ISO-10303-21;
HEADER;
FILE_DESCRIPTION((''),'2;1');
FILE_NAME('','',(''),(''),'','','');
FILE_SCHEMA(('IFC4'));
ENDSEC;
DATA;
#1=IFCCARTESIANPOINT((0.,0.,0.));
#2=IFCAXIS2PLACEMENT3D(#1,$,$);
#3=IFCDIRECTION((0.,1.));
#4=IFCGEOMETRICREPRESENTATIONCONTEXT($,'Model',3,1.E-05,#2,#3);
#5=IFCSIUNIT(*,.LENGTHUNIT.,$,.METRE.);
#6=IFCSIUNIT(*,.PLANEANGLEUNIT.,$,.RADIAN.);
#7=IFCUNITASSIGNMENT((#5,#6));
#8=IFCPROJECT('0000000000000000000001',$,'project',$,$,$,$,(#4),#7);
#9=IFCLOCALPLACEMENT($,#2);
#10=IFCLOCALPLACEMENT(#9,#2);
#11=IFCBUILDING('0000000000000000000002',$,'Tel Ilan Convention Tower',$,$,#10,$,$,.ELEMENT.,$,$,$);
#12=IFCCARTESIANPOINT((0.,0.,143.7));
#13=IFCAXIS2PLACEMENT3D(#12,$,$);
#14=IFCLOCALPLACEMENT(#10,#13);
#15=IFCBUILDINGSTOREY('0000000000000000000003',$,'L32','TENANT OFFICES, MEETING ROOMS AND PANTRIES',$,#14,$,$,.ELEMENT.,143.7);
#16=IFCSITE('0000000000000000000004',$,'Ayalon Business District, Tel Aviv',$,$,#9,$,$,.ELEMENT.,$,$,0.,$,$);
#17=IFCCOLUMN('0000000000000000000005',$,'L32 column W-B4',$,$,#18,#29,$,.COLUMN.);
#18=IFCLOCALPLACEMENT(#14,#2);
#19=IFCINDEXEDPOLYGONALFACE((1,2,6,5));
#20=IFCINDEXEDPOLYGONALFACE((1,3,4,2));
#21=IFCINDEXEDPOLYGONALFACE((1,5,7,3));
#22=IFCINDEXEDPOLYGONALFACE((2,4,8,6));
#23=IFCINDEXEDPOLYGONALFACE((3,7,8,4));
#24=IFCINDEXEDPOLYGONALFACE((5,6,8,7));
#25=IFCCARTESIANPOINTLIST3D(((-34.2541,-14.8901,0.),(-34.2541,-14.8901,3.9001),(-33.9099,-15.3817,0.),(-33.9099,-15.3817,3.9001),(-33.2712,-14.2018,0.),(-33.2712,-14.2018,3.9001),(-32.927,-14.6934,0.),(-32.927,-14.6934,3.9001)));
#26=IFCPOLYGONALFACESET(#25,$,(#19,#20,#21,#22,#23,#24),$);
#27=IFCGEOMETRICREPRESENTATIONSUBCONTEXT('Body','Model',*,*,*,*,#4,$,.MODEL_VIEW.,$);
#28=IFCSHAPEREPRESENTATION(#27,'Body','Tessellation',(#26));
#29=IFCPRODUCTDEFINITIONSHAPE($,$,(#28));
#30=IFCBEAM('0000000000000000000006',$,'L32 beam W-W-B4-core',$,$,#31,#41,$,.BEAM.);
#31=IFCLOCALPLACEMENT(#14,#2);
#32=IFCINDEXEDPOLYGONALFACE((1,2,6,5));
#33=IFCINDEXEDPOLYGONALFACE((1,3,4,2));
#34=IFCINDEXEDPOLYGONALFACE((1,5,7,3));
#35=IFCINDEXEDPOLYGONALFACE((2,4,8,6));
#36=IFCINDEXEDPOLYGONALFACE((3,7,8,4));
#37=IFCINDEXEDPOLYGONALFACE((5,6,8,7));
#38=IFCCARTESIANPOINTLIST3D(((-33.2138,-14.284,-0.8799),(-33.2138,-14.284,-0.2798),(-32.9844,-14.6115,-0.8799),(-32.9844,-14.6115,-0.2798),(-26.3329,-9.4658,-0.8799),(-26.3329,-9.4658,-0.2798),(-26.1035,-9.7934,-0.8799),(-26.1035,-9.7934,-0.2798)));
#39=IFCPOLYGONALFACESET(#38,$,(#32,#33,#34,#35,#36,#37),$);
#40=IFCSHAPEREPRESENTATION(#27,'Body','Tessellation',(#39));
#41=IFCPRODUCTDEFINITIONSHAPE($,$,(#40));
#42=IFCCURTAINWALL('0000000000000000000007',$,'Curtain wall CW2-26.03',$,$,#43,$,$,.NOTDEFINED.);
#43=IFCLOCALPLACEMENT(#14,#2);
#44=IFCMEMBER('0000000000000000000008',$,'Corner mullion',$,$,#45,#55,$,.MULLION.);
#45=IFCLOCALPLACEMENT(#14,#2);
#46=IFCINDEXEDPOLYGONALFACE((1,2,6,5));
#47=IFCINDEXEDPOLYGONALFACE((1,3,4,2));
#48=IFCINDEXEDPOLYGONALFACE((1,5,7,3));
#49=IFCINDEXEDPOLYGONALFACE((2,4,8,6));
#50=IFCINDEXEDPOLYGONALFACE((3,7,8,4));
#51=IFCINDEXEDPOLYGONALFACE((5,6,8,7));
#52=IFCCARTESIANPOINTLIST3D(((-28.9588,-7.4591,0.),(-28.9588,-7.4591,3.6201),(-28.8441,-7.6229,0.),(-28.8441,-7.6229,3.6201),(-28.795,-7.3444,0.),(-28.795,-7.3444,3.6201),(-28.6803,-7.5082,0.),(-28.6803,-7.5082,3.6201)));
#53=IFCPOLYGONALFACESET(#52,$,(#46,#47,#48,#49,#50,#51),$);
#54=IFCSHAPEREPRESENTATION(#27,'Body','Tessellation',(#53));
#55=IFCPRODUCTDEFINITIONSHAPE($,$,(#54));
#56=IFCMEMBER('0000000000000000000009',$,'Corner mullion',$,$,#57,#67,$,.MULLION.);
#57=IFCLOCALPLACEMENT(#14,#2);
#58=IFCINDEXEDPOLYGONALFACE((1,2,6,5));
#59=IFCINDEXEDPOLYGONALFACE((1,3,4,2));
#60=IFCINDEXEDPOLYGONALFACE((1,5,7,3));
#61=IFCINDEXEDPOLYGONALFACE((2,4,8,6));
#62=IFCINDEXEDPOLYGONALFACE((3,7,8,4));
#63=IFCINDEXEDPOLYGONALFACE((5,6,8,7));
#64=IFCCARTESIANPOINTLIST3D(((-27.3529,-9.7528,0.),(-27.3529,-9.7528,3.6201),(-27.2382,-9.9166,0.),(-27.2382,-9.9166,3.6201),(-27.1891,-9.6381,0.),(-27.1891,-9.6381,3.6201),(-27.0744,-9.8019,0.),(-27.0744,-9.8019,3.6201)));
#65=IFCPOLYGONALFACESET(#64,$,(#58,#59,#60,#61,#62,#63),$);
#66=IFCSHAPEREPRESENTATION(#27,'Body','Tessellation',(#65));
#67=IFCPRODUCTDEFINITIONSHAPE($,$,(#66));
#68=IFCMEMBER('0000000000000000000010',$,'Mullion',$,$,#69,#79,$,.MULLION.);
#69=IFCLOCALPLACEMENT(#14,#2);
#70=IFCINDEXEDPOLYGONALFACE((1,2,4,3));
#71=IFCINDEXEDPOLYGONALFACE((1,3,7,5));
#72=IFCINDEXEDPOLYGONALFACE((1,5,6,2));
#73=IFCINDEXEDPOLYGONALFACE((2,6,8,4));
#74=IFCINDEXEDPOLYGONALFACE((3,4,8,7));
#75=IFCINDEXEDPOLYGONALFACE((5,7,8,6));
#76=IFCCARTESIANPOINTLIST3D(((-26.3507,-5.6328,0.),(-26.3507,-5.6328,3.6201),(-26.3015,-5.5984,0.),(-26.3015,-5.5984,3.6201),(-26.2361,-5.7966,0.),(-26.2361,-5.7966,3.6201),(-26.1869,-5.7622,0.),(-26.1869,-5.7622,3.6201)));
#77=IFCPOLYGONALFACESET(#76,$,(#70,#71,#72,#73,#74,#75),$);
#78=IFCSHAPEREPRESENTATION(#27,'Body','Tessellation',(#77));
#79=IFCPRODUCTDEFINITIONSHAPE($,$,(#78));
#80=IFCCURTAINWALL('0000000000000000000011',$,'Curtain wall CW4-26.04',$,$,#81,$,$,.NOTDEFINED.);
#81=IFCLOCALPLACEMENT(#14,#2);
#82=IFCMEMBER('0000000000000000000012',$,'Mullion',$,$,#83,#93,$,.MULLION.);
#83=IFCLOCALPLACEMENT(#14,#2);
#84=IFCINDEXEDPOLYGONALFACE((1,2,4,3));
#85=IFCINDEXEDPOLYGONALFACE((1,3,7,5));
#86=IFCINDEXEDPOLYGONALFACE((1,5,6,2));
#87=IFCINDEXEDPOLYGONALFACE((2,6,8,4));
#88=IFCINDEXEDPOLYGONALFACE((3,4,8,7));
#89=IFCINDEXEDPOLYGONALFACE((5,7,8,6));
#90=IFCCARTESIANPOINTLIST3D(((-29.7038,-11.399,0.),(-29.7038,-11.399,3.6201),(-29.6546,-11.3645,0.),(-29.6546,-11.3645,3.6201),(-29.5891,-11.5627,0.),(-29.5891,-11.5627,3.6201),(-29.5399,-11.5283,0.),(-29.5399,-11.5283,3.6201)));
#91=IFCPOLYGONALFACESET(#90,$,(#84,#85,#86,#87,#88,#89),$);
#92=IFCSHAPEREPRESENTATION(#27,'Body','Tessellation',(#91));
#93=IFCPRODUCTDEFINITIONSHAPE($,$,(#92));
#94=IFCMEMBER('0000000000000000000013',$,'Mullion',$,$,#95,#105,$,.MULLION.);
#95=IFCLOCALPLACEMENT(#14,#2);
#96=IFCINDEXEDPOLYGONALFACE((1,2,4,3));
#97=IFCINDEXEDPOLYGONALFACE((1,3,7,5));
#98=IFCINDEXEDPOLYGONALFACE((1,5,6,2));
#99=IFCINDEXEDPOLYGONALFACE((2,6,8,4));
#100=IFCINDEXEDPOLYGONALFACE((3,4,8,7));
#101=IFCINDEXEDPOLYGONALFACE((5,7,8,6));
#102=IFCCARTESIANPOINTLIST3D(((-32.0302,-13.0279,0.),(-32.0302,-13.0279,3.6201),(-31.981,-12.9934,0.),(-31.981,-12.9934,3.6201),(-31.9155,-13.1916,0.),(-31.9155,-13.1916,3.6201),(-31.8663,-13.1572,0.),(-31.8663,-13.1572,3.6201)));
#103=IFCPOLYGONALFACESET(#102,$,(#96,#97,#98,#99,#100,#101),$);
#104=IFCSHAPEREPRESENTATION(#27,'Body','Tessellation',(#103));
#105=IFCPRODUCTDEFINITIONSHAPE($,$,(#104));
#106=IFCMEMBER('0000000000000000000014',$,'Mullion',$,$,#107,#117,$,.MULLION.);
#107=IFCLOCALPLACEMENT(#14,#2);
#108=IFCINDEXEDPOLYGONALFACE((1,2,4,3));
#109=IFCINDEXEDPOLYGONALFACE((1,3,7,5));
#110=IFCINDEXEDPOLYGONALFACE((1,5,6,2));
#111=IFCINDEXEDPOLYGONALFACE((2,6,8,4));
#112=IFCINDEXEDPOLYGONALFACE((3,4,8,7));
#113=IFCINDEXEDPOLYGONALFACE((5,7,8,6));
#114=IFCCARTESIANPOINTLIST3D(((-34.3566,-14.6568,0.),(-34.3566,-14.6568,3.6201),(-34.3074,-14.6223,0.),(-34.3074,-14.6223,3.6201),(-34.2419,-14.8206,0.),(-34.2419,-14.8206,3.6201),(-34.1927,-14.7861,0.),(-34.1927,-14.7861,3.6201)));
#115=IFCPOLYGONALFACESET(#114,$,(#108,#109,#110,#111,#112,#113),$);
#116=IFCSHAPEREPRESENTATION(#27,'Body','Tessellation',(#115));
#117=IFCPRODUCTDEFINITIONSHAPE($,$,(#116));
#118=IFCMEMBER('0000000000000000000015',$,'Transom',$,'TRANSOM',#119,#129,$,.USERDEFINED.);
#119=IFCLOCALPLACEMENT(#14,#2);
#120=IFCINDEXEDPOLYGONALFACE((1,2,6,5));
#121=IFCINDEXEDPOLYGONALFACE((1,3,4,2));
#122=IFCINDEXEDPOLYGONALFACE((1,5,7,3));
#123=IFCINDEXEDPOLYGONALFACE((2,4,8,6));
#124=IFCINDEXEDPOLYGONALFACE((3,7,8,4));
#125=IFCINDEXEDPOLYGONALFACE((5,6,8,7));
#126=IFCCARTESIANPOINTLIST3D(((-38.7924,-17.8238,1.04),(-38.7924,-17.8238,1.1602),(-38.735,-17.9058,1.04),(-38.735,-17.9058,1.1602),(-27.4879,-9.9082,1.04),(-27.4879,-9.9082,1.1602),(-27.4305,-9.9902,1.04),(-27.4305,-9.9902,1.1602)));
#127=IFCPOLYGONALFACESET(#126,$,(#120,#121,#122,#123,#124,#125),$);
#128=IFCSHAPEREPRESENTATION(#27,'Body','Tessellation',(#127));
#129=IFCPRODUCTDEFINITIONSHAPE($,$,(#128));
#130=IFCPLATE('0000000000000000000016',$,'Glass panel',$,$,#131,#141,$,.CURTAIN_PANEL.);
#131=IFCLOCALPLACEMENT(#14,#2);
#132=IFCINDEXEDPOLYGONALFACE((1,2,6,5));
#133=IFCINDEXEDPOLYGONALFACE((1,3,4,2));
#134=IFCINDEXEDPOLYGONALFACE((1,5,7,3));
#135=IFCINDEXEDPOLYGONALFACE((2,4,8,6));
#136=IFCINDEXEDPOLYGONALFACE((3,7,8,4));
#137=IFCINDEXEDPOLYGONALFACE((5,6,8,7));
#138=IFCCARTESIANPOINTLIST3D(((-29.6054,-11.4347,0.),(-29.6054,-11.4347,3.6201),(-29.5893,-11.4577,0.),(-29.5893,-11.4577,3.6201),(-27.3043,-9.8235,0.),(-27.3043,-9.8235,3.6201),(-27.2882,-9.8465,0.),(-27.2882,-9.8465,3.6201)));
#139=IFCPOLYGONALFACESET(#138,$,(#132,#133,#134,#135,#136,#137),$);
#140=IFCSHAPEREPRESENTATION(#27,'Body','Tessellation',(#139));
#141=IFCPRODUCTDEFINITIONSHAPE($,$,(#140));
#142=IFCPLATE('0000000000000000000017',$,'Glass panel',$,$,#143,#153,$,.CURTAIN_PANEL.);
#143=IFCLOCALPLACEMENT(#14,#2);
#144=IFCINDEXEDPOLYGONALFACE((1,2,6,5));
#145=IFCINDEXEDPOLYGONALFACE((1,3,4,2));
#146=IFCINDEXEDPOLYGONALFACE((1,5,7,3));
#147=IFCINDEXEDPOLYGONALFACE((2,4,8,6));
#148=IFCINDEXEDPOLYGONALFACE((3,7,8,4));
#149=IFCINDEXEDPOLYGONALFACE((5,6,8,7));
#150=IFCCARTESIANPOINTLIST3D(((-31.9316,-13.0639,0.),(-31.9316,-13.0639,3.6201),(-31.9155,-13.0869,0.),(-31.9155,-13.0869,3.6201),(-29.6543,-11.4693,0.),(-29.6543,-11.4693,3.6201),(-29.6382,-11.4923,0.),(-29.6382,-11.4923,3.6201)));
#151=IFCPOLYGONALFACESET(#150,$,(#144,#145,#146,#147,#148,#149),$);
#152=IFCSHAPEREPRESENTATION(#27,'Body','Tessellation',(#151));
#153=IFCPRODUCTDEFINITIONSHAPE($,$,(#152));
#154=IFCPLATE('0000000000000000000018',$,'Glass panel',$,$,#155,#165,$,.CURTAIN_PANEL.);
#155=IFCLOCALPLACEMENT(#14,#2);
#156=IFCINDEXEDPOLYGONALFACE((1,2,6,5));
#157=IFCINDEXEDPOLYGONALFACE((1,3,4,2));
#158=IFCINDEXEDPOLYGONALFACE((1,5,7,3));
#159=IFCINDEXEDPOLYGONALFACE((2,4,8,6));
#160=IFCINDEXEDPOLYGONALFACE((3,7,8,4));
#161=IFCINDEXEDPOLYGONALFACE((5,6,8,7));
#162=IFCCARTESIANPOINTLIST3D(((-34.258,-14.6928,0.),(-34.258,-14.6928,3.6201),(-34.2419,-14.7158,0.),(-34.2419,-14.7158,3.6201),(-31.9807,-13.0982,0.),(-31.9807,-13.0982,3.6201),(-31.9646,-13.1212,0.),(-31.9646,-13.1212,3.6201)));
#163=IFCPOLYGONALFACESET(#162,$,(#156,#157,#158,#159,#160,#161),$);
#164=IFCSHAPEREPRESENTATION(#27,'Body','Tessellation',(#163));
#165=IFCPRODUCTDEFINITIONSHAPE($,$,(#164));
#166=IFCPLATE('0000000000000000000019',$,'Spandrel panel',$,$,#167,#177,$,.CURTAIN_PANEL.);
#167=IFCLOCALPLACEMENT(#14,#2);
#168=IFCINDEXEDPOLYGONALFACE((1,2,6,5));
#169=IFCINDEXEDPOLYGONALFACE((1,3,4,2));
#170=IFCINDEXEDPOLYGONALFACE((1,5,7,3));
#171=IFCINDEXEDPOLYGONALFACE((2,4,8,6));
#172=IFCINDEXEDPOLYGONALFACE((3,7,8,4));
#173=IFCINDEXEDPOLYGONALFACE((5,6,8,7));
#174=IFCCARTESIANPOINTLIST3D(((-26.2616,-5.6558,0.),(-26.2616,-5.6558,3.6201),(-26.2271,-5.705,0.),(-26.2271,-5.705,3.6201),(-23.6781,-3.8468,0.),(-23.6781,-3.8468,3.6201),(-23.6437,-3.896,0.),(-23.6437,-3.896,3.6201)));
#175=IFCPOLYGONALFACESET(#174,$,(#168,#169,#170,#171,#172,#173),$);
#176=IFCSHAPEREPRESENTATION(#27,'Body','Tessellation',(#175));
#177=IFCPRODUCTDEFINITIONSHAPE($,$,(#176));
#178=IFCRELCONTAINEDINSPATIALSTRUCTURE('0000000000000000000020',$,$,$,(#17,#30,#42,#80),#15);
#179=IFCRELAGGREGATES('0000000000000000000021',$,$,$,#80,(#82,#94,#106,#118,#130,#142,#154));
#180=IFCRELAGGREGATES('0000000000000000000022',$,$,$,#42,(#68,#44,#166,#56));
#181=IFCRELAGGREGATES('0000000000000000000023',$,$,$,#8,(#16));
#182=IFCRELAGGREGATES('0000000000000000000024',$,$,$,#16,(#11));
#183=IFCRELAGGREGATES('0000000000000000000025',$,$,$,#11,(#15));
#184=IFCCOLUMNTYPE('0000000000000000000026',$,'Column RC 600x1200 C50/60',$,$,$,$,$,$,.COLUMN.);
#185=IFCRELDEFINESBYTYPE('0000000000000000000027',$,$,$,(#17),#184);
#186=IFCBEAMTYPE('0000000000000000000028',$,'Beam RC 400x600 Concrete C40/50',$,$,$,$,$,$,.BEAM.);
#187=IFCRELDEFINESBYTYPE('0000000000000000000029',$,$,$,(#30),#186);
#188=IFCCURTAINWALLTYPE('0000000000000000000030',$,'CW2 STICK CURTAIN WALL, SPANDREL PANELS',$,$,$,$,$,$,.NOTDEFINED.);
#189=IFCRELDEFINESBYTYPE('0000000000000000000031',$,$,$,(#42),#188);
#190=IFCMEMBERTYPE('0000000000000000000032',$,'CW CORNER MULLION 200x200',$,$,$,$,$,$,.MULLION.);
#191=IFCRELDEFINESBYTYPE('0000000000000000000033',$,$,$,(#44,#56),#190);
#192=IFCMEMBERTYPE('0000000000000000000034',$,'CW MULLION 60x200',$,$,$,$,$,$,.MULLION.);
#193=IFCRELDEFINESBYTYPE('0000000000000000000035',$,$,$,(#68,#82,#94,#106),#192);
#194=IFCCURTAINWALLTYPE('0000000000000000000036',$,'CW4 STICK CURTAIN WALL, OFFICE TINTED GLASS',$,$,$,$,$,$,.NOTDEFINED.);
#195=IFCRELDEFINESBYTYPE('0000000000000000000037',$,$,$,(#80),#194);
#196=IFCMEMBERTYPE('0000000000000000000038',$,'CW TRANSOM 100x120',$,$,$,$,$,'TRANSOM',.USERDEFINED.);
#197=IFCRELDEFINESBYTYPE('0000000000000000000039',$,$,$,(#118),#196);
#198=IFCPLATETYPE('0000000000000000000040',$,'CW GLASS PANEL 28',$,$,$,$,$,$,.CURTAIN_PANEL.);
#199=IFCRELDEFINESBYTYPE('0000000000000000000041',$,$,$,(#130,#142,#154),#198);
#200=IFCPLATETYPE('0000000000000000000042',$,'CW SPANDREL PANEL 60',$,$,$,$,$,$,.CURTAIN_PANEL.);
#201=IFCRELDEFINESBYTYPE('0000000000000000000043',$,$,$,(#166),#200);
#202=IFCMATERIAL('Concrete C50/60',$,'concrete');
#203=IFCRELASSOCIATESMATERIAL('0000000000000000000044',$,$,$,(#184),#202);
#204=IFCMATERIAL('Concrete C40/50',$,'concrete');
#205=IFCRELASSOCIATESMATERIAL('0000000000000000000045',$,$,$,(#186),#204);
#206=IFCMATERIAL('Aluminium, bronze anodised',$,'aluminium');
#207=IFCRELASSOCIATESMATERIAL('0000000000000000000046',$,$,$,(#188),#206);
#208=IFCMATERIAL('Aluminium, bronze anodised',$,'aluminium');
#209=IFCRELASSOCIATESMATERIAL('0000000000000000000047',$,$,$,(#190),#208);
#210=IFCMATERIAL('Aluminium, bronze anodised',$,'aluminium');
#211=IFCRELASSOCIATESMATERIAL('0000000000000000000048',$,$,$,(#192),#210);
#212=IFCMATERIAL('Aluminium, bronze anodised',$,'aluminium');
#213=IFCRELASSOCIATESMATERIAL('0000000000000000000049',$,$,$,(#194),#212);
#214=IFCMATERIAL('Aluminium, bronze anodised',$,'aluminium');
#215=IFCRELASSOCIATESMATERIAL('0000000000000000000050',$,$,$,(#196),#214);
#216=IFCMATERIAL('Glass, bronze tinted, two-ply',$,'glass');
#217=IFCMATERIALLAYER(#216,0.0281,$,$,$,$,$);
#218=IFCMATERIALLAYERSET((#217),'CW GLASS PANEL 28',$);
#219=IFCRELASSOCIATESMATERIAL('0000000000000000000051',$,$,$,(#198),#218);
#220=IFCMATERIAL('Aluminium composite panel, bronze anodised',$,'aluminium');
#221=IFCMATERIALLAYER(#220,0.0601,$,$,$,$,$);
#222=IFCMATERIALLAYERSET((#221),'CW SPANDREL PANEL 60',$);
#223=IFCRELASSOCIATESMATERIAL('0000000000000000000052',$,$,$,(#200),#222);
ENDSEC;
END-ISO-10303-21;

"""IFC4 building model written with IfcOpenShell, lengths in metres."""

from ifc_helpers import new_model, si_unit, direction, frame, origin, origin_2d, place, context, subcontext, project, spatial, rectangle, extrude, material, layer, layer_set, material_profile, profile_set, type_object, element, aggregate, save


model = new_model("IFC4")

# Units and contexts
model_context = context("Model", 3, precision=1e-05, world=origin(), true_north=direction((0.0, 1.0)))
body_context = subcontext(model_context, "Body", "Model", "MODEL_VIEW")
ifc_project = project(units=[si_unit("LENGTHUNIT", "METRE"), si_unit("PLANEANGLEUNIT", "RADIAN")], contexts=[model_context])

# Site, building, storey
site_placement = place(None, origin())
site = spatial("IfcSite", under=ifc_project, at=site_placement, Name="Ayalon Business District, Tel Aviv", CompositionType="ELEMENT", RefElevation=0.0)
building_placement = place(site_placement, origin())
building = spatial("IfcBuilding", under=site, at=building_placement, Name="Tel Ilan Convention Tower", CompositionType="ELEMENT")
storey_placement = place(building_placement, frame((0.0, 0.0, 143.7)))
storey = spatial("IfcBuildingStorey", under=building, at=storey_placement, Name="L32", Description="TENANT OFFICES, MEETING ROOMS AND PANTRIES", CompositionType="ELEMENT", Elevation=143.7)

# Column
ifc_material_1 = material(Name="Concrete C50/60", Category="concrete")
ifc_material_profile_1 = material_profile(ifc_material_1, rectangle(XDim=1.2, YDim=0.6001, at=origin_2d()), Name="RC 600x1200")
ifc_profile_set_1 = profile_set([ifc_material_profile_1], Name="Concrete C50/60")
column_type = type_object("IfcColumnType", Name="Column RC 600x1200 C50/60", PredefinedType="COLUMN", material=ifc_profile_set_1)
column_placement = place(storey_placement, frame((-33.5906, -14.7917, 0.0), z_axis=(0.0, 0.0, 1.0), x_axis=(-0.819152, -0.573576, 0.0)))
element("IfcColumn", 1, at=column_placement, inside=storey, type_object=column_type, Name="L32 column W-B4", PredefinedType="COLUMN", context=body_context, shape_type="SweptSolid", body=[
    extrude(rectangle(XDim=1.2, YDim=0.6001, at=origin_2d()), origin(), (0.0, 0.0, 1.0), 3.9001),
])

# Beam
ifc_material_2 = material(Name="Concrete C40/50", Category="concrete")
ifc_material_profile_2 = material_profile(ifc_material_2, rectangle(XDim=0.3999, YDim=0.6001, at=origin_2d()), Name="RC 400x600")
ifc_profile_set_2 = profile_set([ifc_material_profile_2], Name="Concrete C40/50")
beam_type = type_object("IfcBeamType", Name="Beam RC 400x600 Concrete C40/50", PredefinedType="BEAM", material=ifc_profile_set_2)
beam_placement = place(storey_placement, frame((-33.0991, -14.4478, -0.5798), z_axis=(0.819147, 0.573583, 0.0), x_axis=(-0.573583, 0.819147, 0.0)))
element("IfcBeam", 2, at=beam_placement, inside=storey, type_object=beam_type, Name="L32 beam W-W-B4-core", PredefinedType="BEAM", context=body_context, shape_type="SweptSolid", body=[
    extrude(rectangle(XDim=0.3999, YDim=0.6001, at=origin_2d()), origin(), (0.0, 0.0, 1.0), 8.4001),
])

# Curtain wall, members
ifc_material_3 = material(Name="Aluminium, bronze anodised", Category="aluminium")
curtain_wall_type_1 = type_object("IfcCurtainWallType", Name="CW2 STICK CURTAIN WALL, SPANDREL PANELS", PredefinedType="NOTDEFINED", material=ifc_material_3)
curtain_wall_1_placement = place(storey_placement, origin())
curtain_wall_1 = element("IfcCurtainWall", 3, at=curtain_wall_1_placement, inside=storey, type_object=curtain_wall_type_1, Name="Curtain wall CW2-26.03", PredefinedType="NOTDEFINED")
ifc_material_4 = material(Name="Aluminium, bronze anodised", Category="aluminium")
ifc_material_profile_3 = material_profile(ifc_material_4, rectangle(XDim=0.2, YDim=0.2, at=origin_2d()), Name="CW CORNER MULLION 200x200")
ifc_profile_set_3 = profile_set([ifc_material_profile_3], Name="Aluminium, bronze anodised")
member_type_1 = type_object("IfcMemberType", Name="CW CORNER MULLION 200x200", PredefinedType="MULLION", material=ifc_profile_set_3)
member_1_placement = place(storey_placement, frame((-28.8196, -7.4836, 0.0), z_axis=(0.0, 0.0, 1.0), x_axis=(-0.819152, -0.573576, 0.0)))
member_1 = element("IfcMember", 4, at=member_1_placement, type_object=member_type_1, Name="Corner mullion", PredefinedType="MULLION", context=body_context, shape_type="SweptSolid", body=[
    extrude(rectangle(XDim=0.2, YDim=0.2, at=origin_2d()), origin(), (0.0, 0.0, 1.0), 3.6201),
])
member_2_placement = place(storey_placement, frame((-27.2136, -9.7773, 0.0), z_axis=(0.0, 0.0, 1.0), x_axis=(0.573576, -0.819152, 0.0)))
member_2 = element("IfcMember", 5, at=member_2_placement, type_object=member_type_1, Name="Corner mullion", PredefinedType="MULLION", context=body_context, shape_type="SweptSolid", body=[
    extrude(rectangle(XDim=0.2, YDim=0.2, at=origin_2d()), origin(), (0.0, 0.0, 1.0), 3.6201),
])
ifc_material_5 = material(Name="Aluminium, bronze anodised", Category="aluminium")
ifc_material_profile_4 = material_profile(ifc_material_5, rectangle(XDim=0.0601, YDim=0.2, at=origin_2d()), Name="CW MULLION 60x200")
ifc_profile_set_4 = profile_set([ifc_material_profile_4], Name="Aluminium, bronze anodised")
member_type_2 = type_object("IfcMemberType", Name="CW MULLION 60x200", PredefinedType="MULLION", material=ifc_profile_set_4)
member_3_placement = place(storey_placement, frame((-26.2688, -5.6975, 0.0), z_axis=(0.0, 0.0, 1.0), x_axis=(-0.819152, -0.573576, 0.0)))
member_3 = element("IfcMember", 6, at=member_3_placement, type_object=member_type_2, Name="Mullion", PredefinedType="MULLION", context=body_context, shape_type="SweptSolid", body=[
    extrude(rectangle(XDim=0.0601, YDim=0.2, at=origin_2d()), origin(), (0.0, 0.0, 1.0), 3.6201),
])

# Curtain wall, members, plates
ifc_material_6 = material(Name="Aluminium, bronze anodised", Category="aluminium")
curtain_wall_type_2 = type_object("IfcCurtainWallType", Name="CW4 STICK CURTAIN WALL, OFFICE TINTED GLASS", PredefinedType="NOTDEFINED", material=ifc_material_6)
curtain_wall_2_placement = place(storey_placement, origin())
curtain_wall_2 = element("IfcCurtainWall", 7, at=curtain_wall_2_placement, inside=storey, type_object=curtain_wall_type_2, Name="Curtain wall CW4-26.04", PredefinedType="NOTDEFINED")
member_4_placement = place(storey_placement, frame((-29.6218, -11.4636, 0.0), z_axis=(0.0, 0.0, 1.0), x_axis=(-0.819152, -0.573576, 0.0)))
member_4 = element("IfcMember", 8, at=member_4_placement, type_object=member_type_2, Name="Mullion", PredefinedType="MULLION", context=body_context, shape_type="SweptSolid", body=[
    extrude(rectangle(XDim=0.0601, YDim=0.2, at=origin_2d()), origin(), (0.0, 0.0, 1.0), 3.6201),
])
member_5_placement = place(storey_placement, frame((-31.9482, -13.0925, 0.0), z_axis=(0.0, 0.0, 1.0), x_axis=(-0.819152, -0.573576, 0.0)))
member_5 = element("IfcMember", 9, at=member_5_placement, type_object=member_type_2, Name="Mullion", PredefinedType="MULLION", context=body_context, shape_type="SweptSolid", body=[
    extrude(rectangle(XDim=0.0601, YDim=0.2, at=origin_2d()), origin(), (0.0, 0.0, 1.0), 3.6201),
])
member_6_placement = place(storey_placement, frame((-34.2747, -14.7214, 0.0), z_axis=(0.0, 0.0, 1.0), x_axis=(-0.819152, -0.573576, 0.0)))
member_6 = element("IfcMember", 10, at=member_6_placement, type_object=member_type_2, Name="Mullion", PredefinedType="MULLION", context=body_context, shape_type="SweptSolid", body=[
    extrude(rectangle(XDim=0.0601, YDim=0.2, at=origin_2d()), origin(), (0.0, 0.0, 1.0), 3.6201),
])
ifc_material_7 = material(Name="Aluminium, bronze anodised", Category="aluminium")
ifc_material_profile_5 = material_profile(ifc_material_7, rectangle(XDim=0.1001, YDim=0.1201, at=origin_2d()), Name="CW TRANSOM 100x120")
ifc_profile_set_5 = profile_set([ifc_material_profile_5], Name="Aluminium, bronze anodised")
member_type_3 = type_object("IfcMemberType", Name="CW TRANSOM 100x120", ElementType="TRANSOM", PredefinedType="USERDEFINED", material=ifc_profile_set_5)
member_7_placement = place(storey_placement, frame((-27.4592, -9.9492, 1.1001), z_axis=(-0.81915, -0.57358, 0.0), x_axis=(0.57358, -0.81915, 0.0)))
member_7 = element("IfcMember", 11, at=member_7_placement, type_object=member_type_3, Name="Transom", ObjectType="TRANSOM", PredefinedType="USERDEFINED", context=body_context, shape_type="SweptSolid", body=[
    extrude(rectangle(XDim=0.1001, YDim=0.1201, at=origin_2d()), origin(), (0.0, 0.0, 1.0), 13.8003),
])
ifc_material_8 = material(Name="Glass, bronze tinted, two-ply", Category="glass")
ifc_layer_1 = layer(ifc_material_8, 0.0281)
ifc_layer_set_1 = layer_set([ifc_layer_1], Name="CW GLASS PANEL 28")
plate_type_1 = type_object("IfcPlateType", Name="CW GLASS PANEL 28", PredefinedType="CURTAIN_PANEL", material=ifc_layer_set_1)
plate_1_placement = place(storey_placement, frame((-28.4468, -10.6406, 0.0), z_axis=(0.0, 0.0, 1.0), x_axis=(-0.819152, -0.573576, 0.0)))
plate_1 = element("IfcPlate", 12, at=plate_1_placement, type_object=plate_type_1, Name="Glass panel", PredefinedType="CURTAIN_PANEL", context=body_context, shape_type="SweptSolid", body=[
    extrude(rectangle(XDim=2.8091, YDim=0.0281, at=origin_2d()), origin(), (0.0, 0.0, 1.0), 3.6201),
])
plate_2_placement = place(storey_placement, frame((-30.7849, -12.2781, 0.0), z_axis=(0.0, 0.0, 1.0), x_axis=(-0.819152, -0.573576, 0.0)))
plate_2 = element("IfcPlate", 13, at=plate_2_placement, type_object=plate_type_1, Name="Glass panel", PredefinedType="CURTAIN_PANEL", context=body_context, shape_type="SweptSolid", body=[
    extrude(rectangle(XDim=2.78, YDim=0.0281, at=origin_2d()), origin(), (0.0, 0.0, 1.0), 3.6201),
])
plate_3_placement = place(storey_placement, frame((-33.1113, -13.907, 0.0), z_axis=(0.0, 0.0, 1.0), x_axis=(-0.819152, -0.573576, 0.0)))
plate_3 = element("IfcPlate", 14, at=plate_3_placement, type_object=plate_type_1, Name="Glass panel", PredefinedType="CURTAIN_PANEL", context=body_context, shape_type="SweptSolid", body=[
    extrude(rectangle(XDim=2.78, YDim=0.0281, at=origin_2d()), origin(), (0.0, 0.0, 1.0), 3.6201),
])
aggregate(curtain_wall_2, [member_4, member_5, member_6, member_7, plate_1, plate_2, plate_3])

# Plate
ifc_material_9 = material(Name="Aluminium composite panel, bronze anodised", Category="aluminium")
ifc_layer_2 = layer(ifc_material_9, 0.0601)
ifc_layer_set_2 = layer_set([ifc_layer_2], Name="CW SPANDREL PANEL 60")
plate_type_2 = type_object("IfcPlateType", Name="CW SPANDREL PANEL 60", PredefinedType="CURTAIN_PANEL", material=ifc_layer_set_2)
plate_4_placement = place(storey_placement, frame((-24.9526, -4.7759, 0.0), z_axis=(0.0, 0.0, 1.0), x_axis=(-0.819152, -0.573576, 0.0)))
plate_4 = element("IfcPlate", 15, at=plate_4_placement, type_object=plate_type_2, Name="Spandrel panel", PredefinedType="CURTAIN_PANEL", context=body_context, shape_type="SweptSolid", body=[
    extrude(rectangle(XDim=3.1538, YDim=0.0601, at=origin_2d()), origin(), (0.0, 0.0, 1.0), 3.6201),
])
aggregate(curtain_wall_1, [member_3, member_1, plate_4, member_2])

save(model, "model.ifc")
